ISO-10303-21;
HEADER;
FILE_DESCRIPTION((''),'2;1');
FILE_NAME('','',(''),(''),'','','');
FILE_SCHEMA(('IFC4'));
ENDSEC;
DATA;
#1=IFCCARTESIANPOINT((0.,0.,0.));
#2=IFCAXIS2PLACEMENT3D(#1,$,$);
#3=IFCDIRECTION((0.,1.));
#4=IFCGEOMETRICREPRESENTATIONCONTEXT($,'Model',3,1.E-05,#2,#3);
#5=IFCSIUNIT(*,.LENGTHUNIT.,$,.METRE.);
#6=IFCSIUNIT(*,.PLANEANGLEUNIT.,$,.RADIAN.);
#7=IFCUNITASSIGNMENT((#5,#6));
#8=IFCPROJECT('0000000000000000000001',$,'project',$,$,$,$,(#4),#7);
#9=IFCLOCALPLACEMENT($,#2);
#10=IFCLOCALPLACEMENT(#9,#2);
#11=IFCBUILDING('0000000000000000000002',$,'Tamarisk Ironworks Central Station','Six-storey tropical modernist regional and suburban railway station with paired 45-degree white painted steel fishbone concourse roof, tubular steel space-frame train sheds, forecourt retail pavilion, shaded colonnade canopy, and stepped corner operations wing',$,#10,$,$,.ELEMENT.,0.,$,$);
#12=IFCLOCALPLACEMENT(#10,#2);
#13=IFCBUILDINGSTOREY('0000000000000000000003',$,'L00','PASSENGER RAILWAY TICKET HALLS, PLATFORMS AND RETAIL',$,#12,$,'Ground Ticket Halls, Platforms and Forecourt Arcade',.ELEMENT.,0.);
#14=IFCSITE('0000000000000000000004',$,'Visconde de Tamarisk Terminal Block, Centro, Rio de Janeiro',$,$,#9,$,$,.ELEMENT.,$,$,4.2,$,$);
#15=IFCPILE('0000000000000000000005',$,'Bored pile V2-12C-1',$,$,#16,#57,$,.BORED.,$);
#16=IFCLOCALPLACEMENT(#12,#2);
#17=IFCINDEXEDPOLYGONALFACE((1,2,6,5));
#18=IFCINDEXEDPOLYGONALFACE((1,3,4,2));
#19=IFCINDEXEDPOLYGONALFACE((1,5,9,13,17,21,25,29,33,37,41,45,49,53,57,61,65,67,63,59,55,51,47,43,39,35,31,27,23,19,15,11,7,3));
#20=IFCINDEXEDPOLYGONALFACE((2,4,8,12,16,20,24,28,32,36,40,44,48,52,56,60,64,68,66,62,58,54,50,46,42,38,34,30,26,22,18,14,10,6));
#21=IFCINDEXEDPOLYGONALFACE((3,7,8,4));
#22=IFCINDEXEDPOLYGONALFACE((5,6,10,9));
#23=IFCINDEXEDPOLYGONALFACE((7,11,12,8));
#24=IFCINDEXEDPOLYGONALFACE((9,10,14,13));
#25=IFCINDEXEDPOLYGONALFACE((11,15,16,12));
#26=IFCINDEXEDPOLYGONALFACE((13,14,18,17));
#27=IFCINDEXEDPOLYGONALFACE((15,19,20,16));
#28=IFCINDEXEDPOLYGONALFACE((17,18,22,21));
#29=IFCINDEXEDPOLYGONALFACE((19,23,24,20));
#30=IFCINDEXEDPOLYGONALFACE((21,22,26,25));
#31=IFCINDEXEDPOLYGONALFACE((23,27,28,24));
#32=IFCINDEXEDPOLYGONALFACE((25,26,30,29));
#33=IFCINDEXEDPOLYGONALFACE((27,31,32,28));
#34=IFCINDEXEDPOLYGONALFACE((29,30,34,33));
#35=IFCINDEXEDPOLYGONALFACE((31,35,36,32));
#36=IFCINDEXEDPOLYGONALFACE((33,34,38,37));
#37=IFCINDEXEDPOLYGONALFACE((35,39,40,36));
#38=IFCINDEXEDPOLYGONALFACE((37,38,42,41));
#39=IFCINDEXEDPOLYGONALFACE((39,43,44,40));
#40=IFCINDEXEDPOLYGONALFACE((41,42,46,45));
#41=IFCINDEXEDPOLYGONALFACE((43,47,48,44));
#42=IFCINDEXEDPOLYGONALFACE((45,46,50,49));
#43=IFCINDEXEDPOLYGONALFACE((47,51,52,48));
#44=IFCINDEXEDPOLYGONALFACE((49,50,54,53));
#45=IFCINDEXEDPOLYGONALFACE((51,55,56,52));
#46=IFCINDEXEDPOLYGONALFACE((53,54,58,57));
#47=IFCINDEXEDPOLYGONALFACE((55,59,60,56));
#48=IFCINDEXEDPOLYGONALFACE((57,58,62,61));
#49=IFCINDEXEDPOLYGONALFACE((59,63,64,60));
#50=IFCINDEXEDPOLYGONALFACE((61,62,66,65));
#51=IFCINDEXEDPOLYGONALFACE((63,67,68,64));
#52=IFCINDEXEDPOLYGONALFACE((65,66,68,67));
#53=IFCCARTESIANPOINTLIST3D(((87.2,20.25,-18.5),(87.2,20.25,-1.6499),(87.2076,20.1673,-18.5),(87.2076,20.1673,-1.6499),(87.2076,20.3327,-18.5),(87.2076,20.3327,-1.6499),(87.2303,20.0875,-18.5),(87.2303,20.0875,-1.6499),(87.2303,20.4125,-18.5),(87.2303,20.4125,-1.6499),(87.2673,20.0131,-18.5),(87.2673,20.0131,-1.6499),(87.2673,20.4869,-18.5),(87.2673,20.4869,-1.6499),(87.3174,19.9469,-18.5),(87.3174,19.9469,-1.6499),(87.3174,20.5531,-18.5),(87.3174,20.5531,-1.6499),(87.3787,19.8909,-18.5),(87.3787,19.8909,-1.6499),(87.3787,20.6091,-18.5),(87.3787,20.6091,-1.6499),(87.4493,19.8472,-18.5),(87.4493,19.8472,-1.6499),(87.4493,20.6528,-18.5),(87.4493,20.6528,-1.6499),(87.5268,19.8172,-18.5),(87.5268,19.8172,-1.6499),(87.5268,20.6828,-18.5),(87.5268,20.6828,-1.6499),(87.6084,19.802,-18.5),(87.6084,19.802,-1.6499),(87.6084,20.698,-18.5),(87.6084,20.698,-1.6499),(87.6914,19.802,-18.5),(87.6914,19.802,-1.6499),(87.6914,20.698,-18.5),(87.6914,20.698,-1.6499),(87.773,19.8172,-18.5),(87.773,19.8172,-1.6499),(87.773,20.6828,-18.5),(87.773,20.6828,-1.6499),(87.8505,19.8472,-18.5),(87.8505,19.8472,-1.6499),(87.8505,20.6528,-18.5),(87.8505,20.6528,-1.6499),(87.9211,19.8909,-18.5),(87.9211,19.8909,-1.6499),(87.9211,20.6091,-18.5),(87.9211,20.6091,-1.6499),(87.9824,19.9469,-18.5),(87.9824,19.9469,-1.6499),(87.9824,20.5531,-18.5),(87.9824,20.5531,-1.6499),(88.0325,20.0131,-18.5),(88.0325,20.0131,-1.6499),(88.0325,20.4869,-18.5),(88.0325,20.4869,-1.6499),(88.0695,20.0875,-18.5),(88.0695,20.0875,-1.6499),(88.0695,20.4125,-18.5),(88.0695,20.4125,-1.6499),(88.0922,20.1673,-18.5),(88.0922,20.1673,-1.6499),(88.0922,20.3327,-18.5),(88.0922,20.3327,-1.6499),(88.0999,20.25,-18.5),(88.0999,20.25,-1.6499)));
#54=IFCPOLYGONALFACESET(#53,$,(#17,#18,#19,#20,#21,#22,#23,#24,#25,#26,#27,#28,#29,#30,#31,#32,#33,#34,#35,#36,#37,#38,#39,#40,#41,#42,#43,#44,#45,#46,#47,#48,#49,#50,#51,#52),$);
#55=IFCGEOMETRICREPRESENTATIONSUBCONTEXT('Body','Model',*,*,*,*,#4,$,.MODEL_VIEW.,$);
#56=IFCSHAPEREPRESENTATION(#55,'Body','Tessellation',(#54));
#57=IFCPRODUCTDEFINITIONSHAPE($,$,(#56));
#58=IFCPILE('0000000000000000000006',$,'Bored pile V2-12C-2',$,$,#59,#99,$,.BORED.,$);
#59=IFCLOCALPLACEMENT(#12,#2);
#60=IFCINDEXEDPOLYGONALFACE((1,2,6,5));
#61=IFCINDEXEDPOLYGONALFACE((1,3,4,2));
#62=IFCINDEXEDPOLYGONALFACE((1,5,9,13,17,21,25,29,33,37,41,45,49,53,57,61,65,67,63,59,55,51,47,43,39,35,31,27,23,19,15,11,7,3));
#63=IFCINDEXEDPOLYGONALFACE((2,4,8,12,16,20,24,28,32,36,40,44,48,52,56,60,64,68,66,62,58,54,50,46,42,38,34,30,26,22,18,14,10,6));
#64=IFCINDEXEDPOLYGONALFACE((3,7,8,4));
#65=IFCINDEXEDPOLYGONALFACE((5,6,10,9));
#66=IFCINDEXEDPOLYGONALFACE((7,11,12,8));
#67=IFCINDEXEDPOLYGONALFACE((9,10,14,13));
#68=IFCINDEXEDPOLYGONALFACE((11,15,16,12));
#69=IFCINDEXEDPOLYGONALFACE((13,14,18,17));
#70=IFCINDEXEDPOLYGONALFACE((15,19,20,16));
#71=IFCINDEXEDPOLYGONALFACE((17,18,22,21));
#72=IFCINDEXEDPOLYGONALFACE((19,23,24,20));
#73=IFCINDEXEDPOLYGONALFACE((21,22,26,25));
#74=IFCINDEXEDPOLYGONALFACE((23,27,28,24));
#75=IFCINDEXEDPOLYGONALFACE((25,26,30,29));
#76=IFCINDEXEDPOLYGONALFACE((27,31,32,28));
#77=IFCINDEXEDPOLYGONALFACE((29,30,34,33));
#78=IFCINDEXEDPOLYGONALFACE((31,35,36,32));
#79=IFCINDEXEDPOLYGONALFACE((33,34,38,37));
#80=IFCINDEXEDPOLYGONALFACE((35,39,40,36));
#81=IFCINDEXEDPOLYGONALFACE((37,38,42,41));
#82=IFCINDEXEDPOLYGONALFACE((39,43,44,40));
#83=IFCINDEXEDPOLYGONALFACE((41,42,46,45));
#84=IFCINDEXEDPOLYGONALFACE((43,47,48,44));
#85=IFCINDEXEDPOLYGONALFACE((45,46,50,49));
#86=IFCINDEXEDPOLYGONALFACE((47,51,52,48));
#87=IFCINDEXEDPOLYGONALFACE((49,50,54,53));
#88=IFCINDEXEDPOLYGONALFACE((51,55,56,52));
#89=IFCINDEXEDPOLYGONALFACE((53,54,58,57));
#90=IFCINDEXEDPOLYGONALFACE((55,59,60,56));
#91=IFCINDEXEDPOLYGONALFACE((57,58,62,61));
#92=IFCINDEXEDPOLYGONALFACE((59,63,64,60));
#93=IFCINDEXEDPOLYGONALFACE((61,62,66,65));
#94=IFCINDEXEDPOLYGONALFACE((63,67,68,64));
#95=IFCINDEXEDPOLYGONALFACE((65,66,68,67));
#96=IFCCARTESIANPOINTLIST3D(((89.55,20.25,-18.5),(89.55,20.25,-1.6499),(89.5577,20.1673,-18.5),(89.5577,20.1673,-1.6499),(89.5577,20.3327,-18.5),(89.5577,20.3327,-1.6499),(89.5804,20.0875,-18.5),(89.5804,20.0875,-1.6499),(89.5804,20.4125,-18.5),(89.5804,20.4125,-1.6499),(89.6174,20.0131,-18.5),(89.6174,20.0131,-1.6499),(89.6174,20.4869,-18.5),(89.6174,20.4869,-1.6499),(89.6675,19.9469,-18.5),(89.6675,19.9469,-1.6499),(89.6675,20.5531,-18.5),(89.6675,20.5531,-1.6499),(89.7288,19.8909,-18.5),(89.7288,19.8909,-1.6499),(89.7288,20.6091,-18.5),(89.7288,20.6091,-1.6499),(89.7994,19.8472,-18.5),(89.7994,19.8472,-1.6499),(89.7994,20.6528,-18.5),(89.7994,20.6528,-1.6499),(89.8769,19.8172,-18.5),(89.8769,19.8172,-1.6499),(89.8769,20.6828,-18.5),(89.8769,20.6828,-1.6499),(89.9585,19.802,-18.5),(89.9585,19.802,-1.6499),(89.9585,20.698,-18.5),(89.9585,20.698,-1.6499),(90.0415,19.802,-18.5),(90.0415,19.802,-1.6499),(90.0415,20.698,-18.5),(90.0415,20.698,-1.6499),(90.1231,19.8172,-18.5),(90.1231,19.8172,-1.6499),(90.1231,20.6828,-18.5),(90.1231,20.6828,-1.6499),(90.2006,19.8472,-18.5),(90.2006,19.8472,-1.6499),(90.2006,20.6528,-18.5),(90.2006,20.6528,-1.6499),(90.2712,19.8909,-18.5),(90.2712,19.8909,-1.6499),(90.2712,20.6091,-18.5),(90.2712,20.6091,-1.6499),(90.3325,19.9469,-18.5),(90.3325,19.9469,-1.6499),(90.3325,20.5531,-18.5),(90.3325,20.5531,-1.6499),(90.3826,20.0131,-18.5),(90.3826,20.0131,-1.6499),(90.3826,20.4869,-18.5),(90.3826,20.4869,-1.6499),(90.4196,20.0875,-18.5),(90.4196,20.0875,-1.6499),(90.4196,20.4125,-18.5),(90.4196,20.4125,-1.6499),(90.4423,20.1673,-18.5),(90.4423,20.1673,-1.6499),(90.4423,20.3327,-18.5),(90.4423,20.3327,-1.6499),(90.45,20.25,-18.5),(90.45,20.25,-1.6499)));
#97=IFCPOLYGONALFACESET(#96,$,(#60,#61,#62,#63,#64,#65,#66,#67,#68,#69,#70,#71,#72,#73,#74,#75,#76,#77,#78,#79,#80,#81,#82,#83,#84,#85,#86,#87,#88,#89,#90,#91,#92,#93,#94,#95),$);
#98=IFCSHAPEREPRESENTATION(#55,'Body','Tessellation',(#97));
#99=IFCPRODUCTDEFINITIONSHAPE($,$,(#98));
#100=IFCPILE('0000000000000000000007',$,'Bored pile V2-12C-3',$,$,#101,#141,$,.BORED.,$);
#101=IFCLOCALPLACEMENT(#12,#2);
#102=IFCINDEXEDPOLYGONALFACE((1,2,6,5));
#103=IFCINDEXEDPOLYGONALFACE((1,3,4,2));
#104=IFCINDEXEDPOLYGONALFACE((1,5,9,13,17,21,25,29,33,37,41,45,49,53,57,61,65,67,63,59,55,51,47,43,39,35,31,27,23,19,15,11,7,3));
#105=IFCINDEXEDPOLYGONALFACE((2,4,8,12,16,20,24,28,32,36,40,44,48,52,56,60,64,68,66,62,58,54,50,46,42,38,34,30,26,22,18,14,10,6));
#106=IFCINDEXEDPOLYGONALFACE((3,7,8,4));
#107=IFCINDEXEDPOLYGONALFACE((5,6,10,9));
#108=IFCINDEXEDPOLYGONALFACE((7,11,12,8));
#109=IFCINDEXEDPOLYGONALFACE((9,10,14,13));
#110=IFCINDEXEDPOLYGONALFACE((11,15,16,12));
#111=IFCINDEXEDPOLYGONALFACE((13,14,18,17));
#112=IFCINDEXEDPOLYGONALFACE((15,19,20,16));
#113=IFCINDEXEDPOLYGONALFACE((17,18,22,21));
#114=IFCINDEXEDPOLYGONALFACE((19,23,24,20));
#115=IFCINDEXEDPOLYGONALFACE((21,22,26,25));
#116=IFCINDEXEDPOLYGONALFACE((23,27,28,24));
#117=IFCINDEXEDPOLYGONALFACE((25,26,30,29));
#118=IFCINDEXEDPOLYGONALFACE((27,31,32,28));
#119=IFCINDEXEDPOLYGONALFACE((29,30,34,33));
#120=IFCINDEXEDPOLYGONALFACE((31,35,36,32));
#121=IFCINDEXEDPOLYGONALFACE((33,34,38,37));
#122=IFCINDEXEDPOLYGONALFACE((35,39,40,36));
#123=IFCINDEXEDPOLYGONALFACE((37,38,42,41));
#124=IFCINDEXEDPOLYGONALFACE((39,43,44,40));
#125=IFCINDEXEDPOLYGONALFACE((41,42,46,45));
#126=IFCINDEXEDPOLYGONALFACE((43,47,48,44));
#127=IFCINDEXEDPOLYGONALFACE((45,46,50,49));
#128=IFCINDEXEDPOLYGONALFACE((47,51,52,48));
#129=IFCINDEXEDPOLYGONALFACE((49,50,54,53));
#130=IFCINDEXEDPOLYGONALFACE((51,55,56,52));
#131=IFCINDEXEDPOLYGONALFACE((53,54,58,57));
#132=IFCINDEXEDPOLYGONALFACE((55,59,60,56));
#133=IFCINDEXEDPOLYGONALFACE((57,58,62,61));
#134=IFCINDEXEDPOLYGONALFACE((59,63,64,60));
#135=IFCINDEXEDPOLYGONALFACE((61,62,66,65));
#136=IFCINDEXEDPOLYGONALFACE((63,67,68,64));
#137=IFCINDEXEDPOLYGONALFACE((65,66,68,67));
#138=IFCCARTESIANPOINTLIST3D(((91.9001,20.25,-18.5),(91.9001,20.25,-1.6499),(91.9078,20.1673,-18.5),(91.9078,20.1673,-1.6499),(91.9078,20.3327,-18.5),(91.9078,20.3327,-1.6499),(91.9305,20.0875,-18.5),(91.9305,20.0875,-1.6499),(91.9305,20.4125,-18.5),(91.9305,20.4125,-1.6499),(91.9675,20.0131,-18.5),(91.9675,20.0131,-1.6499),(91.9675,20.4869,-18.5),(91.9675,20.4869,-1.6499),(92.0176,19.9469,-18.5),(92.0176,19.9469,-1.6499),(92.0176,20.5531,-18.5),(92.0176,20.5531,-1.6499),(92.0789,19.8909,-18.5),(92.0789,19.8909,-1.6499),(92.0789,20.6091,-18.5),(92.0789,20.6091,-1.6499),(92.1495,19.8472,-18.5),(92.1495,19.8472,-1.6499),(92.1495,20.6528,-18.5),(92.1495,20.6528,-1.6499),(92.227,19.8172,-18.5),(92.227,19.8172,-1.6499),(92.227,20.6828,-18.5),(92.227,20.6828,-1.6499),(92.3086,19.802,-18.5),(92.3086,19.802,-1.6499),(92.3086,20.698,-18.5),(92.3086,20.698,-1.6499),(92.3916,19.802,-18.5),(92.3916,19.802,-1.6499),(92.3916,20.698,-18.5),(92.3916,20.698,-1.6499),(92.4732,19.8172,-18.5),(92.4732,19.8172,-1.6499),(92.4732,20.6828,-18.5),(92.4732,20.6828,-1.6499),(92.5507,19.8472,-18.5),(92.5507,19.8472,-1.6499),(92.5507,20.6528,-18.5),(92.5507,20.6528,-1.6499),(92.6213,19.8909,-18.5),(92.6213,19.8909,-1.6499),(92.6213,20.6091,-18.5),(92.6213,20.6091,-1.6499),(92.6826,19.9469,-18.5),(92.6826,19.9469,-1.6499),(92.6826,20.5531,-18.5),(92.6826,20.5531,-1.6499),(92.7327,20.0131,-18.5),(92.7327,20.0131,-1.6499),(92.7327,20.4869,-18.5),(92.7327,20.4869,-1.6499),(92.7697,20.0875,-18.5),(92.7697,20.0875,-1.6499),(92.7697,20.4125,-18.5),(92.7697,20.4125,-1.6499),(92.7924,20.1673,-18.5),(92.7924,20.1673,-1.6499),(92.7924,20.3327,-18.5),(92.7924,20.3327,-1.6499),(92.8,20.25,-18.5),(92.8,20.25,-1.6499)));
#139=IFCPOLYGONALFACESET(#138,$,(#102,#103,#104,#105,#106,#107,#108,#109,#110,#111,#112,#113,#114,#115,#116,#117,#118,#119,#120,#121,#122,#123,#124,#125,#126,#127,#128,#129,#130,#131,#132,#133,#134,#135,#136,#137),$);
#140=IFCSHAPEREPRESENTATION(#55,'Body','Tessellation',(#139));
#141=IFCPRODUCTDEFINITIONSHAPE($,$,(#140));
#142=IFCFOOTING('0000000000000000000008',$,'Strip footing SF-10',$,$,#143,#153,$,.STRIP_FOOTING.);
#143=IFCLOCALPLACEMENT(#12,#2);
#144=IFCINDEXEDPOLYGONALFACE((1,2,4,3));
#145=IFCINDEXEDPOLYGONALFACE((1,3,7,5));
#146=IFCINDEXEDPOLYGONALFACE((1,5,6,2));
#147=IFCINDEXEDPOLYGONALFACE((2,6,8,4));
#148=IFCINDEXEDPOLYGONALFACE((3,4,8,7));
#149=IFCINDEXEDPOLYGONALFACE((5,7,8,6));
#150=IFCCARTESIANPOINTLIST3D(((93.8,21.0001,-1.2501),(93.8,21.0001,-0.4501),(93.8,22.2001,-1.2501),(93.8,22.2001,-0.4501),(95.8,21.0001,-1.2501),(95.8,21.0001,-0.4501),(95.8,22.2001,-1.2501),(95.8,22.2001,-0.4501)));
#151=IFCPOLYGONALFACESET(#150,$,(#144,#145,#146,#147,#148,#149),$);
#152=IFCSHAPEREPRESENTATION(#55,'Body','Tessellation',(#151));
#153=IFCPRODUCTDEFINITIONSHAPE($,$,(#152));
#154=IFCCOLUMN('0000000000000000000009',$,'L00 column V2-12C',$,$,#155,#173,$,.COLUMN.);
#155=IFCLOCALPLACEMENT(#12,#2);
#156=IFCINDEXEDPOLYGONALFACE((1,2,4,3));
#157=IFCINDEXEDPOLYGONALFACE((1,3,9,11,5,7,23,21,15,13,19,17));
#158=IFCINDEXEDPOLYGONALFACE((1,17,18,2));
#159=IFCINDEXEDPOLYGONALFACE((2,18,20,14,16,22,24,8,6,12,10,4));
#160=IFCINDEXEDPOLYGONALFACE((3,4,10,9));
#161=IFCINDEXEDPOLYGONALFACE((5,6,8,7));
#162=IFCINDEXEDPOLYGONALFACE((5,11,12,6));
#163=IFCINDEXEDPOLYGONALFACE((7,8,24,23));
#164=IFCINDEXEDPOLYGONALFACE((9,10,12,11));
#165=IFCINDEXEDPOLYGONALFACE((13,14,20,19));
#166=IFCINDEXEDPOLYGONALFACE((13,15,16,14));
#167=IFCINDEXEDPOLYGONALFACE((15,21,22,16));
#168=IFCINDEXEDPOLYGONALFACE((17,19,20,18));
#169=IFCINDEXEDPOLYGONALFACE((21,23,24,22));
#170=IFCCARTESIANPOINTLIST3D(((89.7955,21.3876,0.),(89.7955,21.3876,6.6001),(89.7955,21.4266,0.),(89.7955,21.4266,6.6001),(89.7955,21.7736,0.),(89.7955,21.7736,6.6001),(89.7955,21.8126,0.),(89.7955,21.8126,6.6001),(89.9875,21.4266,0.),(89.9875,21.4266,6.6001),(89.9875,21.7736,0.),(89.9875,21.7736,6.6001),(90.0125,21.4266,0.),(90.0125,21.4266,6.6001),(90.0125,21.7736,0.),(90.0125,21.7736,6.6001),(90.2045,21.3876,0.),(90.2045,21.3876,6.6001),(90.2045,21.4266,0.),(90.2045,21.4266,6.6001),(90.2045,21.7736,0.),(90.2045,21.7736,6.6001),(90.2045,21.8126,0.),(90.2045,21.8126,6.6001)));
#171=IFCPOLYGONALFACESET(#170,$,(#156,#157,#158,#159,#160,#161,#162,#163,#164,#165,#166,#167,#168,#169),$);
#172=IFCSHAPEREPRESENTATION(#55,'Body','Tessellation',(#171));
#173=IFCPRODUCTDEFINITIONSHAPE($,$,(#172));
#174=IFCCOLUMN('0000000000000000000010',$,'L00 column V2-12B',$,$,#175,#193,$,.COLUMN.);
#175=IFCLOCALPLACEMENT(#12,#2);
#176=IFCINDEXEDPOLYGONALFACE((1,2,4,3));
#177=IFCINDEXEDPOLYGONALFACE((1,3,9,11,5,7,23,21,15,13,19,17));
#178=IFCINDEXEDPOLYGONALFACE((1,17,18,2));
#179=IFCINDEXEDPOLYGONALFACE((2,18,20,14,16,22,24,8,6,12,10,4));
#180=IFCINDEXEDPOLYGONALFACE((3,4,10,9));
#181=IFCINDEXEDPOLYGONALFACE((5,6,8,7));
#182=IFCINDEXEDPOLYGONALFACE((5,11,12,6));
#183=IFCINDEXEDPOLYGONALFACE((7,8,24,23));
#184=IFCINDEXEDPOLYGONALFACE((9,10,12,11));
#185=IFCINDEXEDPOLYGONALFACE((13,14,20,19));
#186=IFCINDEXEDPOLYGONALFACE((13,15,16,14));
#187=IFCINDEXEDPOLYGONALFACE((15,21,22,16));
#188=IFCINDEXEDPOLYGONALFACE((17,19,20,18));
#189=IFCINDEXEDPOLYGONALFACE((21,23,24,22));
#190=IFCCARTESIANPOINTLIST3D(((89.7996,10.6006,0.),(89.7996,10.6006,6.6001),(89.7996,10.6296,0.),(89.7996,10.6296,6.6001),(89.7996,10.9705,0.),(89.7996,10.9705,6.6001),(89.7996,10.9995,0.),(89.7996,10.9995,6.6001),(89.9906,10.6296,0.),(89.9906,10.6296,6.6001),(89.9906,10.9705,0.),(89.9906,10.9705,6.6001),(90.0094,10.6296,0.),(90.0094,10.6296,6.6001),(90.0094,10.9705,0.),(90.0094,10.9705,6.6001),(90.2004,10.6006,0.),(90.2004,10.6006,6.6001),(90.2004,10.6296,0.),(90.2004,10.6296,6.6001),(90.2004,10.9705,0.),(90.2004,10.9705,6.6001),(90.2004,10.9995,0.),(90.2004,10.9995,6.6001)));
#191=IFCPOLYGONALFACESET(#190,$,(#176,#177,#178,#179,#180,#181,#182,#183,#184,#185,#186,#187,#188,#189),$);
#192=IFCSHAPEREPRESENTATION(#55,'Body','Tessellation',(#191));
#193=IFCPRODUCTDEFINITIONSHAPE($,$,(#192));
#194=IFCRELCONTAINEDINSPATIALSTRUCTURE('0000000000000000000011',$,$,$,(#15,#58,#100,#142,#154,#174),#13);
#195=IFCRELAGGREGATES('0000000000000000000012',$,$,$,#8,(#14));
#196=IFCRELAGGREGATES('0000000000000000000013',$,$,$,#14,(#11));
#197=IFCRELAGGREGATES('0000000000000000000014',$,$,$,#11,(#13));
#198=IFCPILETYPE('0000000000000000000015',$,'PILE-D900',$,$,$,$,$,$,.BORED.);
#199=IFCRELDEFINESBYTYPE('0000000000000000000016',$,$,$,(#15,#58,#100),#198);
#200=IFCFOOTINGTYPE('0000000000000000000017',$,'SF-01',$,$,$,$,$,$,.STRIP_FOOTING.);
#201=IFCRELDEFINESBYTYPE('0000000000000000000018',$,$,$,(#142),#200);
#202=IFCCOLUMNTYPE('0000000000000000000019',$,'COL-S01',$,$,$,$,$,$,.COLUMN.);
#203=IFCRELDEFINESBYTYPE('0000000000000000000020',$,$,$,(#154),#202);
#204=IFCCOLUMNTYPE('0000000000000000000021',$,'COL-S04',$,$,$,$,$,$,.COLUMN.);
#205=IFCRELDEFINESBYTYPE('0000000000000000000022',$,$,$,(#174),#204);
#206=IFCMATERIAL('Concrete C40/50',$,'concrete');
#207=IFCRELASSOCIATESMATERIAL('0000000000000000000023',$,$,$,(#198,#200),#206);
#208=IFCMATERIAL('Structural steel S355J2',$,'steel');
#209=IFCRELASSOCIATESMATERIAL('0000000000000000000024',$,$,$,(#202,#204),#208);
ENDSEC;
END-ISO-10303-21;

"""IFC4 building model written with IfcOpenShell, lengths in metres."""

from ifc_helpers import new_model, si_unit, direction, frame, origin, origin_2d, place, context, subcontext, project, spatial, rectangle, circle, i_section, extrude, material, material_profile, profile_set, type_object, element, save


model = new_model("IFC4")

# Units and contexts
model_context = context("Model", 3, precision=1e-05, world=origin(), true_north=direction((0.0, 1.0)))
body_context = subcontext(model_context, "Body", "Model", "MODEL_VIEW")
ifc_project = project(units=[si_unit("LENGTHUNIT", "METRE"), si_unit("PLANEANGLEUNIT", "RADIAN")], contexts=[model_context])

# Site, building, storey
site_placement = place(None, origin())
site = spatial("IfcSite", under=ifc_project, at=site_placement, Name="Visconde de Tamarisk Terminal Block, Centro, Rio de Janeiro", CompositionType="ELEMENT", RefElevation=4.2)
building_placement = place(site_placement, origin())
building = spatial("IfcBuilding", under=site, at=building_placement, Name="Tamarisk Ironworks Central Station", Description="Six-storey tropical modernist regional and suburban railway station with paired 45-degree white painted steel fishbone concourse roof, tubular steel space-frame train sheds, forecourt retail pavilion, shaded colonnade canopy, and stepped corner operations wing", CompositionType="ELEMENT", ElevationOfRefHeight=0.0)
storey_placement = place(building_placement, origin())
storey = spatial("IfcBuildingStorey", under=building, at=storey_placement, Name="L00", Description="PASSENGER RAILWAY TICKET HALLS, PLATFORMS AND RETAIL", LongName="Ground Ticket Halls, Platforms and Forecourt Arcade", CompositionType="ELEMENT", Elevation=0.0)

# Shared definitions
ifc_material_1 = material(Name="Concrete C40/50", Category="concrete")

# Piles
ifc_material_profile_1 = material_profile(ifc_material_1, circle(Radius=0.45, at=origin_2d()), Name="BORED PILE D900")
ifc_profile_set_1 = profile_set([ifc_material_profile_1], Name="Concrete C40/50")
pile_type_1 = type_object("IfcPileType", Name="PILE-D900", PredefinedType="BORED", material=ifc_profile_set_1)
for number, where, z_axis, x_axis, name in (
    (1, (87.6499, 20.25, -1.6499), (0.0, 0.0, -1.0), (1.0, 0.0, 0.0), "Bored pile V2-12C-1"),
    (2, (90.0, 20.25, -1.6499), (0.0, 0.0, -1.0), (1.0, 0.0, 0.0), "Bored pile V2-12C-2"),
    (3, (92.3501, 20.25, -1.6499), (0.0, 0.0, -1.0), (1.0, 0.0, 0.0), "Bored pile V2-12C-3"),
):
    element("IfcPile", number, at=place(storey_placement, frame(where, z_axis=z_axis, x_axis=x_axis)), inside=storey, type_object=pile_type_1, Name=name, PredefinedType="BORED", context=body_context, shape_type="SweptSolid", body=[
        extrude(circle(Radius=0.45, at=origin_2d()), origin(), (0.0, 0.0, 1.0), 16.8501),
    ])

# Footing
ifc_material_profile_2 = material_profile(ifc_material_1, rectangle(XDim=1.2, YDim=0.8, at=origin_2d()), Name="SF01 1200x800")
ifc_profile_set_2 = profile_set([ifc_material_profile_2], Name="Concrete C40/50")
footing_type_1 = type_object("IfcFootingType", Name="SF-01", PredefinedType="STRIP_FOOTING", material=ifc_profile_set_2)
footing_1_placement = place(storey_placement, frame((93.8, 21.6001, -0.8501), z_axis=(1.0, 0.0, 0.0), x_axis=(0.0, 1.0, 0.0)))
element("IfcFooting", 4, at=footing_1_placement, inside=storey, type_object=footing_type_1, Name="Strip footing SF-10", PredefinedType="STRIP_FOOTING", context=body_context, shape_type="SweptSolid", body=[
    extrude(rectangle(XDim=1.2, YDim=0.8, at=origin_2d()), origin(), (0.0, 0.0, 1.0), 2.0),
])

# Columns
ifc_material_2 = material(Name="Structural steel S355J2", Category="steel")
ifc_material_profile_3 = material_profile(ifc_material_2, i_section(OverallWidth=0.4089, OverallDepth=0.425, WebThickness=0.0249, FlangeThickness=0.0391, at=origin_2d()), Name="HD 400x421")
ifc_profile_set_3 = profile_set([ifc_material_profile_3], Name="Structural steel S355J2")
column_type_1 = type_object("IfcColumnType", Name="COL-S01", PredefinedType="COLUMN", material=ifc_profile_set_3)
column_1_placement = place(storey_placement, frame((90.0, 21.6001, 0.0), z_axis=(0.0, 0.0, 1.0), x_axis=(1.0, 0.0, 0.0)))
element("IfcColumn", 5, at=column_1_placement, inside=storey, type_object=column_type_1, Name="L00 column V2-12C", PredefinedType="COLUMN", context=body_context, shape_type="SweptSolid", body=[
    extrude(i_section(OverallWidth=0.4089, OverallDepth=0.425, WebThickness=0.0249, FlangeThickness=0.0391, at=origin_2d()), origin(), (0.0, 0.0, 1.0), 6.6001),
])
ifc_material_profile_4 = material_profile(ifc_material_2, i_section(OverallWidth=0.4009, OverallDepth=0.3989, WebThickness=0.0188, FlangeThickness=0.0291, at=origin_2d()), Name="HD 400x314")
ifc_profile_set_4 = profile_set([ifc_material_profile_4], Name="Structural steel S355J2")
column_type_2 = type_object("IfcColumnType", Name="COL-S04", PredefinedType="COLUMN", material=ifc_profile_set_4)
column_2_placement = place(storey_placement, frame((90.0, 10.8, 0.0), z_axis=(0.0, 0.0, 1.0), x_axis=(1.0, 0.0, 0.0)))
element("IfcColumn", 6, at=column_2_placement, inside=storey, type_object=column_type_2, Name="L00 column V2-12B", PredefinedType="COLUMN", context=body_context, shape_type="SweptSolid", body=[
    extrude(i_section(OverallWidth=0.4009, OverallDepth=0.3989, WebThickness=0.0188, FlangeThickness=0.0291, at=origin_2d()), origin(), (0.0, 0.0, 1.0), 6.6001),
])

save(model, "model.ifc")
